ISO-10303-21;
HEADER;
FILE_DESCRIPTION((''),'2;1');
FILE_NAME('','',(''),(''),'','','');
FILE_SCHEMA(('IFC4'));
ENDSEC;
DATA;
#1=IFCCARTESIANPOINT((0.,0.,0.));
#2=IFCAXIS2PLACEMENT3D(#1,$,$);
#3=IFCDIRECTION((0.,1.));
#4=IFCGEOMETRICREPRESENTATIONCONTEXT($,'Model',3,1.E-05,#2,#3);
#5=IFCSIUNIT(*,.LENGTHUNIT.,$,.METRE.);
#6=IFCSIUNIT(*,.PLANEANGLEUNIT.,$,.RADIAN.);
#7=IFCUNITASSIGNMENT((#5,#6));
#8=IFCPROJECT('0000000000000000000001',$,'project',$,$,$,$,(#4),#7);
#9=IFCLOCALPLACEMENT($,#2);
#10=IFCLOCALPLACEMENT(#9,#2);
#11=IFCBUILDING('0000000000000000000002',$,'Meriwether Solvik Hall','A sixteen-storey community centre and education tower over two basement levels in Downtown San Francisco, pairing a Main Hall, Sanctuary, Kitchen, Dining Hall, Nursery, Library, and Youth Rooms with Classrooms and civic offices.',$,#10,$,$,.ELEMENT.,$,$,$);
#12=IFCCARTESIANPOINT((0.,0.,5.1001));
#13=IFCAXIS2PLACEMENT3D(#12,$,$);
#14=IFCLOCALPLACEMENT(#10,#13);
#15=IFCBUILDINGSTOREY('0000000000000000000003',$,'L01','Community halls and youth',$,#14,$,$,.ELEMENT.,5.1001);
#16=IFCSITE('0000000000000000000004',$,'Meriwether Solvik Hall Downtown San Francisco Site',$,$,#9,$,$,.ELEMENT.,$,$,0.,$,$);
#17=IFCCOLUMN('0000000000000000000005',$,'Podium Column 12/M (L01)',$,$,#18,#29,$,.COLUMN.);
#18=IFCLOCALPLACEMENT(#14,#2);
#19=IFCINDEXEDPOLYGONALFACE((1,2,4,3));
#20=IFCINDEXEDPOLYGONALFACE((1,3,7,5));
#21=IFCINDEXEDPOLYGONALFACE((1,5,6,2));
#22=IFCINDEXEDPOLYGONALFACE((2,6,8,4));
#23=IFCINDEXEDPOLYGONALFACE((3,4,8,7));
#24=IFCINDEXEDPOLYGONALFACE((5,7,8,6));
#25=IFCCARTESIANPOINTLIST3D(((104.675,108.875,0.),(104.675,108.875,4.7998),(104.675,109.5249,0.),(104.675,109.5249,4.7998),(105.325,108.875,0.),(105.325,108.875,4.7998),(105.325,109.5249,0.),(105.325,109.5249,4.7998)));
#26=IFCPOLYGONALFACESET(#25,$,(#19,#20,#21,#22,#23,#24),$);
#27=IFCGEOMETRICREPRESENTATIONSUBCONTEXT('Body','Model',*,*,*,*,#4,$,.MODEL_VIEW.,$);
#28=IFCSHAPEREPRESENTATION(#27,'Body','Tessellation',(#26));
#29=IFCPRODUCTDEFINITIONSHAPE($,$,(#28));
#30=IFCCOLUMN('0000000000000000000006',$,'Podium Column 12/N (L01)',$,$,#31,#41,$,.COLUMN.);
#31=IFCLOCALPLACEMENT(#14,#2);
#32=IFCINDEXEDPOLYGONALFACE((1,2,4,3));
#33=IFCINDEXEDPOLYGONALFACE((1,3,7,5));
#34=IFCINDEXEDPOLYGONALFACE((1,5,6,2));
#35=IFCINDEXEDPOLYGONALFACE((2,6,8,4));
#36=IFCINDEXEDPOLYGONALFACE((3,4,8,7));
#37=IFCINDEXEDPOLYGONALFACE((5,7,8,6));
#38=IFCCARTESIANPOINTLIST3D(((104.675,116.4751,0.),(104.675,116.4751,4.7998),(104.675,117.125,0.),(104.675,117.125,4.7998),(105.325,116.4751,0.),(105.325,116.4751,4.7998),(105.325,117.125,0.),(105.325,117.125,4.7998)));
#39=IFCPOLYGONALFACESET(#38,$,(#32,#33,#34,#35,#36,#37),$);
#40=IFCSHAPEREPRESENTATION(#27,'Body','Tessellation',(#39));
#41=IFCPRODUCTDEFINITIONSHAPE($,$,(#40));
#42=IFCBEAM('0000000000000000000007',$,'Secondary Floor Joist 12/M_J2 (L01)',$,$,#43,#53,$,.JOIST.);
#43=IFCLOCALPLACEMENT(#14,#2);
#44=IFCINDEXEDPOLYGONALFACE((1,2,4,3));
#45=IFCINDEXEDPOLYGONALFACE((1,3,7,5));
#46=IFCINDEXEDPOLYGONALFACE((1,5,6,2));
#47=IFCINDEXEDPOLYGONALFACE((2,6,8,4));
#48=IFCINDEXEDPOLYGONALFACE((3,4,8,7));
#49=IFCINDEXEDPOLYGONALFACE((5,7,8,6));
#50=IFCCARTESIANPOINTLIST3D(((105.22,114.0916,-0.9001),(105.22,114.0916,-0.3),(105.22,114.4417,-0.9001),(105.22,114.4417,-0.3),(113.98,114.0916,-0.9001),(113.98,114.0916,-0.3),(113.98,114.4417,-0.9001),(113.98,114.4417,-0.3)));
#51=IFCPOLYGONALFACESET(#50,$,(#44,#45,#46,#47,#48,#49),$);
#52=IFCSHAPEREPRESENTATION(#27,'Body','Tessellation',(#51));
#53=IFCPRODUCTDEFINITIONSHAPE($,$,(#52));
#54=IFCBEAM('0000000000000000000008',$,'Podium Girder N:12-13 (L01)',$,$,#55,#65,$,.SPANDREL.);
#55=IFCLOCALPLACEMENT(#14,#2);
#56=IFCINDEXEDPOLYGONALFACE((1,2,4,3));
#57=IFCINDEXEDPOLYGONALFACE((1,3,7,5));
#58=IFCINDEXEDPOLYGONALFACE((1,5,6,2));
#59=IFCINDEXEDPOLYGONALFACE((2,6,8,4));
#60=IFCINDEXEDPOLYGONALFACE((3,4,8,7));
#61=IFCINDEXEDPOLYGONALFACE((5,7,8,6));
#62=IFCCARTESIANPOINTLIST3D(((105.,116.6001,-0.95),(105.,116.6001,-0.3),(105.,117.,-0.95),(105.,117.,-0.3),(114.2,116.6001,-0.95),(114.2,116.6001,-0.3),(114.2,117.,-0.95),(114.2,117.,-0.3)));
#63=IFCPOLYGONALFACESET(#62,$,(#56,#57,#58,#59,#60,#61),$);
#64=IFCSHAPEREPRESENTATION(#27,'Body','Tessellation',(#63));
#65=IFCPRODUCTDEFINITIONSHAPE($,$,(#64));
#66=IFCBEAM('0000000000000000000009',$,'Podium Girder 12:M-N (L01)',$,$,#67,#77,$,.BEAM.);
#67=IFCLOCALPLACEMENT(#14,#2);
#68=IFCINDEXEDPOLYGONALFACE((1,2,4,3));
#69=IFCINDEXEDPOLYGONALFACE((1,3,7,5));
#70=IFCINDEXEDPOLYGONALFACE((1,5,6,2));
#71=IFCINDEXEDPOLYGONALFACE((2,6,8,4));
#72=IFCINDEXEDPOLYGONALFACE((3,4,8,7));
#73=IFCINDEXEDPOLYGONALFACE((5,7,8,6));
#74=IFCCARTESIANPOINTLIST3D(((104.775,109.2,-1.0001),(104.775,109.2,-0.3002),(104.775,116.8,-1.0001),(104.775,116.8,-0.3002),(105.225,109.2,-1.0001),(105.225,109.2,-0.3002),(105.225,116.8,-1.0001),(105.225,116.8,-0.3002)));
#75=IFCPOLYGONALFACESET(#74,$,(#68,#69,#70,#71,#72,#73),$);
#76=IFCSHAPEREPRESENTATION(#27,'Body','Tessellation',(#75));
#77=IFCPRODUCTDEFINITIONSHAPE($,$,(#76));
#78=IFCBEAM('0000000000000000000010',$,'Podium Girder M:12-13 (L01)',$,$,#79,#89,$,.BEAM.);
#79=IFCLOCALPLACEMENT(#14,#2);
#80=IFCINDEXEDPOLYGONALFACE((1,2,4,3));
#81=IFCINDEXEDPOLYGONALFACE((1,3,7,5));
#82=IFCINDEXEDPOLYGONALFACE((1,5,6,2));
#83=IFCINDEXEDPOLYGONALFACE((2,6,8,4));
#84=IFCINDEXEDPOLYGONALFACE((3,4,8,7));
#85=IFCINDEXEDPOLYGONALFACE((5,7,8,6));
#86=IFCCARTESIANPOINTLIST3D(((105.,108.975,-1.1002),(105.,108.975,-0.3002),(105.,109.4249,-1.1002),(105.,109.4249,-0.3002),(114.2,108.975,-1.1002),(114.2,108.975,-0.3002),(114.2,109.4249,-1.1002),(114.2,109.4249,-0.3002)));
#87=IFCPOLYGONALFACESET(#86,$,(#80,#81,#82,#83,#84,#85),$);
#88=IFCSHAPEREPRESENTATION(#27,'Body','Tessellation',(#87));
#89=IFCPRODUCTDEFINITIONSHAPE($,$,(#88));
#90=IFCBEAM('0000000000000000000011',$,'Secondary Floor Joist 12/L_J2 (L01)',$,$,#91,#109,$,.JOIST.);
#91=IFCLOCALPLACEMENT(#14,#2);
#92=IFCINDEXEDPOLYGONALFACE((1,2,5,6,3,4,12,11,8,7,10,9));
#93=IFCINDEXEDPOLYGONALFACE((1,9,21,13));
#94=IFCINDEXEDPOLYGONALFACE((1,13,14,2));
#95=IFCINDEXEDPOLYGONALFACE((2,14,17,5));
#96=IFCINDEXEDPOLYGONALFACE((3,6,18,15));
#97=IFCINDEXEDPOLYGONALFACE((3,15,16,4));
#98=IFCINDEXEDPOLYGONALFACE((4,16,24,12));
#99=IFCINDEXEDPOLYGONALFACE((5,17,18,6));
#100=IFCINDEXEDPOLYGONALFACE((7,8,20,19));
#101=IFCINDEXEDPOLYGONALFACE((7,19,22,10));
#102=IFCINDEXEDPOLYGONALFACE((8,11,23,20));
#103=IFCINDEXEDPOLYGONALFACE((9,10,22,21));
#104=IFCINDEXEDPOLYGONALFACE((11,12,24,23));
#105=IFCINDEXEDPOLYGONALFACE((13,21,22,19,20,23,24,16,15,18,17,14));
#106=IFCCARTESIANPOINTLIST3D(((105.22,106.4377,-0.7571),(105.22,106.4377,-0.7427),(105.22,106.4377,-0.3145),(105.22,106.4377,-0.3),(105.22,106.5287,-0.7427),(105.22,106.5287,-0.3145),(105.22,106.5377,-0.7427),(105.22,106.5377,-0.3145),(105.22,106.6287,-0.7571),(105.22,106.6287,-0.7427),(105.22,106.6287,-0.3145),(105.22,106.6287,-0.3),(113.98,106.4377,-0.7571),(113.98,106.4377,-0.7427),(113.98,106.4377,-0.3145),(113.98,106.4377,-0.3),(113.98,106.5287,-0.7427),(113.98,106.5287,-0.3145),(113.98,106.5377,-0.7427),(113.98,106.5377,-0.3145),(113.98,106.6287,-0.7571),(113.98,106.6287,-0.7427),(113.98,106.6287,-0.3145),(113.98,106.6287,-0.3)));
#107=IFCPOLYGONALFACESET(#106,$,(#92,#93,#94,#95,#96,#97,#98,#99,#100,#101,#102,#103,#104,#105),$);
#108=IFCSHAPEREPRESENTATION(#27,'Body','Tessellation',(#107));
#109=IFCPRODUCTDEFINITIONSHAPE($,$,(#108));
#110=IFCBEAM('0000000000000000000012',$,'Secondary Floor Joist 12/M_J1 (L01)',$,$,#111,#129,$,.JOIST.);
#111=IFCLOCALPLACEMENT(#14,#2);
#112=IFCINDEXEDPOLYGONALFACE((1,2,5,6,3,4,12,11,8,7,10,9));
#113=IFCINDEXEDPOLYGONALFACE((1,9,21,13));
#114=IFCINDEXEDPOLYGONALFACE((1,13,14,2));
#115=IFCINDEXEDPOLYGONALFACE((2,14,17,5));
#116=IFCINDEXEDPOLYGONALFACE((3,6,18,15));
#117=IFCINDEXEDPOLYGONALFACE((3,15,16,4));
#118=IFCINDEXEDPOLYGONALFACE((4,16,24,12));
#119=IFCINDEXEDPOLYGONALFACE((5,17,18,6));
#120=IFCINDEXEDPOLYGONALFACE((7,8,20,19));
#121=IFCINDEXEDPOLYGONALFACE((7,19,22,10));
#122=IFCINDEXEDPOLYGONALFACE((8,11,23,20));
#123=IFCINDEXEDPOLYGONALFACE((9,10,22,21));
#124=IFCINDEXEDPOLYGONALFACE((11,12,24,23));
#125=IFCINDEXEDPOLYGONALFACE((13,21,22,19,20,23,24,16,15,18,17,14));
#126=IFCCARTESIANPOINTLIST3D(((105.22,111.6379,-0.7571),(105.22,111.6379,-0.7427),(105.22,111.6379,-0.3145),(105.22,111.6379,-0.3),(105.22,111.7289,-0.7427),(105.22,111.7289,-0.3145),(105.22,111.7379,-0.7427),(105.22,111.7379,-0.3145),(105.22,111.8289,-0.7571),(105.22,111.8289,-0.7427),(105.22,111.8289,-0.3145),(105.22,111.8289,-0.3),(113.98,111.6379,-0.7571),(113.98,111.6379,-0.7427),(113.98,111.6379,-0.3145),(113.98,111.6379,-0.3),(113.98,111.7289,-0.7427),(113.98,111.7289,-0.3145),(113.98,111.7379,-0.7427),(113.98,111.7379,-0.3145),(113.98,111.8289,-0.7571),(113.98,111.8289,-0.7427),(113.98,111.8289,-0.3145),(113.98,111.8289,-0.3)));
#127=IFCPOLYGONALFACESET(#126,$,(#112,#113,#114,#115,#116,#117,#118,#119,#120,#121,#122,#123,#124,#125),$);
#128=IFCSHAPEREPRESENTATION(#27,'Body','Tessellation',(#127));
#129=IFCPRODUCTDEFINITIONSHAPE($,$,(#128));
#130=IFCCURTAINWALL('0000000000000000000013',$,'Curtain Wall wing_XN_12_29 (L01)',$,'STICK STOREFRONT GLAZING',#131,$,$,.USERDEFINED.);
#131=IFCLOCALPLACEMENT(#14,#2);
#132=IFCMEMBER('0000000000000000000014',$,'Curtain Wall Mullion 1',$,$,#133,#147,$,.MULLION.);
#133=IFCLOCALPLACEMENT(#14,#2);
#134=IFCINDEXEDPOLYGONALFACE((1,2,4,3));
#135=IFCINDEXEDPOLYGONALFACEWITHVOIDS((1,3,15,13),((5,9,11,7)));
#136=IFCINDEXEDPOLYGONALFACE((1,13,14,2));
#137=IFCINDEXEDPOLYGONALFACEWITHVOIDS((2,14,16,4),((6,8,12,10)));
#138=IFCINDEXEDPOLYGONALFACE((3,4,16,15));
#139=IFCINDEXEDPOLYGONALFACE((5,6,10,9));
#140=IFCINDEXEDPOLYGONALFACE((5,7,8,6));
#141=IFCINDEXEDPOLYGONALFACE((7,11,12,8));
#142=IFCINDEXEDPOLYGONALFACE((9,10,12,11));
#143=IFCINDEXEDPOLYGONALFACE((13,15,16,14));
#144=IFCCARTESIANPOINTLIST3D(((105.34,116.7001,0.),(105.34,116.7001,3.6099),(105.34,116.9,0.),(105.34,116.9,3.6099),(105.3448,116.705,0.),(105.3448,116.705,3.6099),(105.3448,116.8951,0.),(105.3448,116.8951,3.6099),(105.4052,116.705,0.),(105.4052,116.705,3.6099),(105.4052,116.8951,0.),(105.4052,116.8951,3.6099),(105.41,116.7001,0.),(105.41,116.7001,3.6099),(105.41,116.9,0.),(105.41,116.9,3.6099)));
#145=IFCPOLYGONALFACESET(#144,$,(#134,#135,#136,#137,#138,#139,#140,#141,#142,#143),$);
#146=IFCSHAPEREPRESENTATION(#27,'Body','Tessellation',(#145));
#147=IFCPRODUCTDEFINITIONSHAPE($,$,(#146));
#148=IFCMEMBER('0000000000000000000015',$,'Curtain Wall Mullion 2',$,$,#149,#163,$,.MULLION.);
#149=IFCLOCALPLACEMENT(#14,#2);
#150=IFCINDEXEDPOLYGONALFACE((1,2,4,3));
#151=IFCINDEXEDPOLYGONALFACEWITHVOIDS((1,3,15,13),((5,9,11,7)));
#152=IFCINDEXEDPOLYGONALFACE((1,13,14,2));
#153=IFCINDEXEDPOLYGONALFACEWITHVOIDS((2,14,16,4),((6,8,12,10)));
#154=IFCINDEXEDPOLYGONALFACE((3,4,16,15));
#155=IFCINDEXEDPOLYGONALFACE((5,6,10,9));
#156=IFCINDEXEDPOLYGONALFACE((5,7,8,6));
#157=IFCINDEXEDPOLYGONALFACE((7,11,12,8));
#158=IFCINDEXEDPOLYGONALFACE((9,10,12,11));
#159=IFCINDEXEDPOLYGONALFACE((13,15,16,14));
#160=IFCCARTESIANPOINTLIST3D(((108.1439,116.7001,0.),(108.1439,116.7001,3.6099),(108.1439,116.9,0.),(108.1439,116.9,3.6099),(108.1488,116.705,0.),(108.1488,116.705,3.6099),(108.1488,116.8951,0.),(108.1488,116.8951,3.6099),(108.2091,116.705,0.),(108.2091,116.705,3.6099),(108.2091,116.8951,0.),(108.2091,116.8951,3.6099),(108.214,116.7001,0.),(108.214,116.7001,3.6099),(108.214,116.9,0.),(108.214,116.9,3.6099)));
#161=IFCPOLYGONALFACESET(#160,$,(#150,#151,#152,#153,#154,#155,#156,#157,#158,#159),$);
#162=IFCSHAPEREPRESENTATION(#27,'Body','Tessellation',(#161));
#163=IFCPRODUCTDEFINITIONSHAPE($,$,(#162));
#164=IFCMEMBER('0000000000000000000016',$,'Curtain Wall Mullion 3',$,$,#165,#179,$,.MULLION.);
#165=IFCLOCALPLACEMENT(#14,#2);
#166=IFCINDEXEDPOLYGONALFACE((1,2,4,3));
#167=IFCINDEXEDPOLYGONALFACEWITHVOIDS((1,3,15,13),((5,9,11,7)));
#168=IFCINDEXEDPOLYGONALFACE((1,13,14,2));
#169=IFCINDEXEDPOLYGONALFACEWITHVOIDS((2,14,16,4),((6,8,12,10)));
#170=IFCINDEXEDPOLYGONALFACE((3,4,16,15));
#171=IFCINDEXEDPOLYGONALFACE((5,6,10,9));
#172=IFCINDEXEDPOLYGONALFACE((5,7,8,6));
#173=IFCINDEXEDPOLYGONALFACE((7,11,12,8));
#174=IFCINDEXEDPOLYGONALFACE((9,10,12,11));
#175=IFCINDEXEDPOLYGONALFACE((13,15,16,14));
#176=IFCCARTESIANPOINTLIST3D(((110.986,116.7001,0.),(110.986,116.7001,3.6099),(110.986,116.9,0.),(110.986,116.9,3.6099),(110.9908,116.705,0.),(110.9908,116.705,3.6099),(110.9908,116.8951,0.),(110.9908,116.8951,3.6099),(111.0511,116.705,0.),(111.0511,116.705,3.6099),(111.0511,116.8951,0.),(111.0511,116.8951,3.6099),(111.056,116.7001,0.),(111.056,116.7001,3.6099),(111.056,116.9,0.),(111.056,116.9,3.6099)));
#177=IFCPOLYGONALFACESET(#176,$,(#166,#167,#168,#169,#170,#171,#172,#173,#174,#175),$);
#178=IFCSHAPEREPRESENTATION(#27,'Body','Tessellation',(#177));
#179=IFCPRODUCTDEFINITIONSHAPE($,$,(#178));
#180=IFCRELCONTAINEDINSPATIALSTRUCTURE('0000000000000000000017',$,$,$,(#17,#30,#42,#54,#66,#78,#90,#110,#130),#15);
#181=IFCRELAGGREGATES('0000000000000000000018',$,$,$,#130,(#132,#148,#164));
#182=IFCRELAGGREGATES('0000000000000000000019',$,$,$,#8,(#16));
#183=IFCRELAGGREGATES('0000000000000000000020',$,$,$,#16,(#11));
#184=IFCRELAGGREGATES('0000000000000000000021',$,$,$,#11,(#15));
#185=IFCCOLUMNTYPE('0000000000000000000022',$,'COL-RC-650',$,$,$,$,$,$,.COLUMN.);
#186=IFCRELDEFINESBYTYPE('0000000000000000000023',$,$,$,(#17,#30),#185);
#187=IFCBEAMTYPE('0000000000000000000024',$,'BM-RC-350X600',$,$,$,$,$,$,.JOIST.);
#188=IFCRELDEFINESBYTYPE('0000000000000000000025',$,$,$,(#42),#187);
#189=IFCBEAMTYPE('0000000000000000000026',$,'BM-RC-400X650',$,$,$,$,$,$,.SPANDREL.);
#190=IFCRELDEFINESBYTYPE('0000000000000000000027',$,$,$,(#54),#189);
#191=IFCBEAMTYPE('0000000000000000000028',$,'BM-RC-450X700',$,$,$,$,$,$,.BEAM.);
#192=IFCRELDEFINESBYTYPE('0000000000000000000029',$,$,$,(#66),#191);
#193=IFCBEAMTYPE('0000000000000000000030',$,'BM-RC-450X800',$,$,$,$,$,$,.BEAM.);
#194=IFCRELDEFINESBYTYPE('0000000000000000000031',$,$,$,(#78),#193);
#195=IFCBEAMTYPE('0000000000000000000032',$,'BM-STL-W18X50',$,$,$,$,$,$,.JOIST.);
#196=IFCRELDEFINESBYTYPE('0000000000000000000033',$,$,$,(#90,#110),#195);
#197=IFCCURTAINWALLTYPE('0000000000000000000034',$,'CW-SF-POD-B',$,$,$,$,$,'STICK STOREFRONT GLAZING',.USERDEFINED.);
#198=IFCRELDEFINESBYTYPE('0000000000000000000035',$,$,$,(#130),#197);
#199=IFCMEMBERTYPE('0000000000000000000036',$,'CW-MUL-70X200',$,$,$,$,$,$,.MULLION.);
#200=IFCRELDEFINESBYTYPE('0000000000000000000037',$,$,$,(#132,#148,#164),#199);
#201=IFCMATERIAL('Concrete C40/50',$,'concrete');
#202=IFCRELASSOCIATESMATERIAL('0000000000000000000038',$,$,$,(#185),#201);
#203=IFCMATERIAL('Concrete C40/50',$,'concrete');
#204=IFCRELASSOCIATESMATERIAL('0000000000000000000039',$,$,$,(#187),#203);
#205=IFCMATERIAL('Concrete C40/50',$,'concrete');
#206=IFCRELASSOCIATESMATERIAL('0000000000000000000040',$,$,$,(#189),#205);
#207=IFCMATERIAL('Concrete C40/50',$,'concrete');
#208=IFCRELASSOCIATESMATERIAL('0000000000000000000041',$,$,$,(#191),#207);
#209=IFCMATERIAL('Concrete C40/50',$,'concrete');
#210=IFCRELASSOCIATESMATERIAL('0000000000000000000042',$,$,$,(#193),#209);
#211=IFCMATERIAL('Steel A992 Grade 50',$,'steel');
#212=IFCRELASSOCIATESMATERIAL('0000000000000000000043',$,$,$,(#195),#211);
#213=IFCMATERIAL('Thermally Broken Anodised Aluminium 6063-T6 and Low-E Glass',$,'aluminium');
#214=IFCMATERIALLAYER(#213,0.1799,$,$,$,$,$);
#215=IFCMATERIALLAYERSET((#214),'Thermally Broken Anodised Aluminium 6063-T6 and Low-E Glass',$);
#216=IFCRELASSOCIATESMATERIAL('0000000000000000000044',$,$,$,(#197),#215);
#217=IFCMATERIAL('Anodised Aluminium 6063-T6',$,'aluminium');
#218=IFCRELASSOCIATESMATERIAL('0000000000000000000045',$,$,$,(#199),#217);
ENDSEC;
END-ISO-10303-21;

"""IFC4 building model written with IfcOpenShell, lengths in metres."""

from ifc_helpers import new_model, si_unit, direction, frame, origin, origin_2d, place, context, subcontext, project, spatial, rectangle, hollow_rectangle, i_section, extrude, material, layer, layer_set, material_profile, profile_set, type_object, element, aggregate, save


model = new_model("IFC4")

# Units and contexts
model_context = context("Model", 3, precision=1e-05, world=origin(), true_north=direction((0.0, 1.0)))
body_context = subcontext(model_context, "Body", "Model", "MODEL_VIEW")
ifc_project = project(units=[si_unit("LENGTHUNIT", "METRE"), si_unit("PLANEANGLEUNIT", "RADIAN")], contexts=[model_context])

# Site, building, storey
site_placement = place(None, origin())
site = spatial("IfcSite", under=ifc_project, at=site_placement, Name="Meriwether Solvik Hall Downtown San Francisco Site", CompositionType="ELEMENT", RefElevation=0.0)
building_placement = place(site_placement, origin())
building = spatial("IfcBuilding", under=site, at=building_placement, Name="Meriwether Solvik Hall", Description="A sixteen-storey community centre and education tower over two basement levels in Downtown San Francisco, pairing a Main Hall, Sanctuary, Kitchen, Dining Hall, Nursery, Library, and Youth Rooms with Classrooms and civic offices.", CompositionType="ELEMENT")
storey_placement = place(building_placement, frame((0.0, 0.0, 5.1001)))
storey = spatial("IfcBuildingStorey", under=building, at=storey_placement, Name="L01", Description="Community halls and youth", CompositionType="ELEMENT", Elevation=5.1001)

# Columns
ifc_material_1 = material(Name="Concrete C40/50", Category="concrete")
ifc_material_profile_1 = material_profile(ifc_material_1, rectangle(XDim=0.6499, YDim=0.6499, at=origin_2d()), Name="RCC-650X650")
ifc_profile_set_1 = profile_set([ifc_material_profile_1], Name="Concrete C40/50")
column_type = type_object("IfcColumnType", Name="COL-RC-650", PredefinedType="COLUMN", material=ifc_profile_set_1)
for number, where, z_axis, x_axis, name in (
    (1, (105.0, 109.2, 0.0), (0.0, 0.0, 1.0), (1.0, 0.0, 0.0), "Podium Column 12/M (L01)"),
    (2, (105.0, 116.8, 0.0), (0.0, 0.0, 1.0), (1.0, 0.0, 0.0), "Podium Column 12/N (L01)"),
):
    element("IfcColumn", number, at=place(storey_placement, frame(where, z_axis=z_axis, x_axis=x_axis)), inside=storey, type_object=column_type, Name=name, PredefinedType="COLUMN", context=body_context, shape_type="SweptSolid", body=[
        extrude(rectangle(XDim=0.6499, YDim=0.6499, at=origin_2d()), origin(), (0.0, 0.0, 1.0), 4.7998),
    ])

# Beams
ifc_material_2 = material(Name="Concrete C40/50", Category="concrete")
ifc_material_profile_2 = material_profile(ifc_material_2, rectangle(XDim=0.3501, YDim=0.6001, at=origin_2d()), Name="RCB-350X600")
ifc_profile_set_2 = profile_set([ifc_material_profile_2], Name="Concrete C40/50")
beam_type_1 = type_object("IfcBeamType", Name="BM-RC-350X600", PredefinedType="JOIST", material=ifc_profile_set_2)
beam_1_placement = place(storey_placement, frame((105.22, 114.2666, -0.6001), z_axis=(1.0, 0.0, 0.0), x_axis=(0.0, 1.0, 0.0)))
element("IfcBeam", 3, at=beam_1_placement, inside=storey, type_object=beam_type_1, Name="Secondary Floor Joist 12/M_J2 (L01)", PredefinedType="JOIST", context=body_context, shape_type="SweptSolid", body=[
    extrude(rectangle(XDim=0.3501, YDim=0.6001, at=origin_2d()), origin(), (0.0, 0.0, 1.0), 8.76),
])
ifc_material_3 = material(Name="Concrete C40/50", Category="concrete")
ifc_material_profile_3 = material_profile(ifc_material_3, rectangle(XDim=0.3999, YDim=0.6499, at=origin_2d()), Name="RCB-400X650")
ifc_profile_set_3 = profile_set([ifc_material_profile_3], Name="Concrete C40/50")
beam_type_2 = type_object("IfcBeamType", Name="BM-RC-400X650", PredefinedType="SPANDREL", material=ifc_profile_set_3)
beam_2_placement = place(storey_placement, frame((105.0, 116.8, -0.625), z_axis=(1.0, 0.0, 0.0), x_axis=(0.0, 1.0, 0.0)))
element("IfcBeam", 4, at=beam_2_placement, inside=storey, type_object=beam_type_2, Name="Podium Girder N:12-13 (L01)", PredefinedType="SPANDREL", context=body_context, shape_type="SweptSolid", body=[
    extrude(rectangle(XDim=0.3999, YDim=0.6499, at=origin_2d()), origin(), (0.0, 0.0, 1.0), 9.2),
])
ifc_material_4 = material(Name="Concrete C40/50", Category="concrete")
ifc_material_profile_4 = material_profile(ifc_material_4, rectangle(XDim=0.45, YDim=0.7, at=origin_2d()), Name="RCB-450X700")
ifc_profile_set_4 = profile_set([ifc_material_profile_4], Name="Concrete C40/50")
beam_type_3 = type_object("IfcBeamType", Name="BM-RC-450X700", PredefinedType="BEAM", material=ifc_profile_set_4)
beam_3_placement = place(storey_placement, frame((105.0, 109.2, -0.6501), z_axis=(0.0, 1.0, 0.0), x_axis=(-1.0, 0.0, 0.0)))
element("IfcBeam", 5, at=beam_3_placement, inside=storey, type_object=beam_type_3, Name="Podium Girder 12:M-N (L01)", PredefinedType="BEAM", context=body_context, shape_type="SweptSolid", body=[
    extrude(rectangle(XDim=0.45, YDim=0.7, at=origin_2d()), origin(), (0.0, 0.0, 1.0), 7.6001),
])
ifc_material_5 = material(Name="Concrete C40/50", Category="concrete")
ifc_material_profile_5 = material_profile(ifc_material_5, rectangle(XDim=0.45, YDim=0.8, at=origin_2d()), Name="RCB-450X800")
ifc_profile_set_5 = profile_set([ifc_material_profile_5], Name="Concrete C40/50")
beam_type_4 = type_object("IfcBeamType", Name="BM-RC-450X800", PredefinedType="BEAM", material=ifc_profile_set_5)
beam_4_placement = place(storey_placement, frame((105.0, 109.2, -0.7002), z_axis=(1.0, 0.0, 0.0), x_axis=(0.0, 1.0, 0.0)))
element("IfcBeam", 6, at=beam_4_placement, inside=storey, type_object=beam_type_4, Name="Podium Girder M:12-13 (L01)", PredefinedType="BEAM", context=body_context, shape_type="SweptSolid", body=[
    extrude(rectangle(XDim=0.45, YDim=0.8, at=origin_2d()), origin(), (0.0, 0.0, 1.0), 9.2),
])
ifc_material_6 = material(Name="Steel A992 Grade 50", Category="steel")
ifc_material_profile_6 = material_profile(ifc_material_6, i_section(OverallWidth=0.1909, OverallDepth=0.457, WebThickness=0.009, FlangeThickness=0.0144, at=origin_2d()), Name="W18X50")
ifc_profile_set_6 = profile_set([ifc_material_profile_6], Name="Steel A992 Grade 50")
beam_type_5 = type_object("IfcBeamType", Name="BM-STL-W18X50", PredefinedType="JOIST", material=ifc_profile_set_6)
for number, where, z_axis, x_axis, name in (
    (7, (105.22, 106.5332, -0.5286), (1.0, 0.0, 0.0), (0.0, 1.0, 0.0), "Secondary Floor Joist 12/L_J2 (L01)"),
    (8, (105.22, 111.7334, -0.5286), (1.0, 0.0, 0.0), (0.0, 1.0, 0.0), "Secondary Floor Joist 12/M_J1 (L01)"),
):
    element("IfcBeam", number, at=place(storey_placement, frame(where, z_axis=z_axis, x_axis=x_axis)), inside=storey, type_object=beam_type_5, Name=name, PredefinedType="JOIST", context=body_context, shape_type="SweptSolid", body=[
        extrude(i_section(OverallWidth=0.1909, OverallDepth=0.457, WebThickness=0.009, FlangeThickness=0.0144, at=origin_2d()), origin(), (0.0, 0.0, 1.0), 8.76),
    ])

# Curtain wall, members
ifc_material_7 = material(Name="Thermally Broken Anodised Aluminium 6063-T6 and Low-E Glass", Category="aluminium")
ifc_layer_1 = layer(ifc_material_7, 0.1799)
ifc_layer_set_1 = layer_set([ifc_layer_1], Name="Thermally Broken Anodised Aluminium 6063-T6 and Low-E Glass")
curtain_wall_type = type_object("IfcCurtainWallType", Name="CW-SF-POD-B", ElementType="STICK STOREFRONT GLAZING", PredefinedType="USERDEFINED", material=ifc_layer_set_1)
curtain_wall_1_placement = place(storey_placement, origin())
curtain_wall_1 = element("IfcCurtainWall", 9, at=curtain_wall_1_placement, inside=storey, type_object=curtain_wall_type, Name="Curtain Wall wing_XN_12_29 (L01)", ObjectType="STICK STOREFRONT GLAZING", PredefinedType="USERDEFINED")
ifc_material_8 = material(Name="Anodised Aluminium 6063-T6", Category="aluminium")
ifc_material_profile_7 = material_profile(ifc_material_8, hollow_rectangle(XDim=0.0701, YDim=0.2, WallThickness=0.0049, at=origin_2d()), Name="CWM-70X200")
ifc_profile_set_7 = profile_set([ifc_material_profile_7], Name="Anodised Aluminium 6063-T6")
member_type_1 = type_object("IfcMemberType", Name="CW-MUL-70X200", PredefinedType="MULLION", material=ifc_profile_set_7)
member_1_placement = place(storey_placement, frame((105.375, 116.8, 0.0), z_axis=(0.0, 0.0, 1.0), x_axis=(1.0, 0.0, 0.0)))
member_1 = element("IfcMember", 10, at=member_1_placement, type_object=member_type_1, Name="Curtain Wall Mullion 1", PredefinedType="MULLION", context=body_context, shape_type="SweptSolid", body=[
    extrude(hollow_rectangle(XDim=0.0701, YDim=0.2, WallThickness=0.0049, at=origin_2d()), origin(), (0.0, 0.0, 1.0), 3.6099),
])
member_2_placement = place(storey_placement, frame((108.179, 116.8, 0.0), z_axis=(0.0, 0.0, 1.0), x_axis=(1.0, 0.0, 0.0)))
member_2 = element("IfcMember", 11, at=member_2_placement, type_object=member_type_1, Name="Curtain Wall Mullion 2", PredefinedType="MULLION", context=body_context, shape_type="SweptSolid", body=[
    extrude(hollow_rectangle(XDim=0.0701, YDim=0.2, WallThickness=0.0049, at=origin_2d()), origin(), (0.0, 0.0, 1.0), 3.6099),
])
member_3_placement = place(storey_placement, frame((111.021, 116.8, 0.0), z_axis=(0.0, 0.0, 1.0), x_axis=(1.0, 0.0, 0.0)))
member_3 = element("IfcMember", 12, at=member_3_placement, type_object=member_type_1, Name="Curtain Wall Mullion 3", PredefinedType="MULLION", context=body_context, shape_type="SweptSolid", body=[
    extrude(hollow_rectangle(XDim=0.0701, YDim=0.2, WallThickness=0.0049, at=origin_2d()), origin(), (0.0, 0.0, 1.0), 3.6099),
])

aggregate(curtain_wall_1, [member_1, member_2, member_3])

save(model, "model.ifc")
